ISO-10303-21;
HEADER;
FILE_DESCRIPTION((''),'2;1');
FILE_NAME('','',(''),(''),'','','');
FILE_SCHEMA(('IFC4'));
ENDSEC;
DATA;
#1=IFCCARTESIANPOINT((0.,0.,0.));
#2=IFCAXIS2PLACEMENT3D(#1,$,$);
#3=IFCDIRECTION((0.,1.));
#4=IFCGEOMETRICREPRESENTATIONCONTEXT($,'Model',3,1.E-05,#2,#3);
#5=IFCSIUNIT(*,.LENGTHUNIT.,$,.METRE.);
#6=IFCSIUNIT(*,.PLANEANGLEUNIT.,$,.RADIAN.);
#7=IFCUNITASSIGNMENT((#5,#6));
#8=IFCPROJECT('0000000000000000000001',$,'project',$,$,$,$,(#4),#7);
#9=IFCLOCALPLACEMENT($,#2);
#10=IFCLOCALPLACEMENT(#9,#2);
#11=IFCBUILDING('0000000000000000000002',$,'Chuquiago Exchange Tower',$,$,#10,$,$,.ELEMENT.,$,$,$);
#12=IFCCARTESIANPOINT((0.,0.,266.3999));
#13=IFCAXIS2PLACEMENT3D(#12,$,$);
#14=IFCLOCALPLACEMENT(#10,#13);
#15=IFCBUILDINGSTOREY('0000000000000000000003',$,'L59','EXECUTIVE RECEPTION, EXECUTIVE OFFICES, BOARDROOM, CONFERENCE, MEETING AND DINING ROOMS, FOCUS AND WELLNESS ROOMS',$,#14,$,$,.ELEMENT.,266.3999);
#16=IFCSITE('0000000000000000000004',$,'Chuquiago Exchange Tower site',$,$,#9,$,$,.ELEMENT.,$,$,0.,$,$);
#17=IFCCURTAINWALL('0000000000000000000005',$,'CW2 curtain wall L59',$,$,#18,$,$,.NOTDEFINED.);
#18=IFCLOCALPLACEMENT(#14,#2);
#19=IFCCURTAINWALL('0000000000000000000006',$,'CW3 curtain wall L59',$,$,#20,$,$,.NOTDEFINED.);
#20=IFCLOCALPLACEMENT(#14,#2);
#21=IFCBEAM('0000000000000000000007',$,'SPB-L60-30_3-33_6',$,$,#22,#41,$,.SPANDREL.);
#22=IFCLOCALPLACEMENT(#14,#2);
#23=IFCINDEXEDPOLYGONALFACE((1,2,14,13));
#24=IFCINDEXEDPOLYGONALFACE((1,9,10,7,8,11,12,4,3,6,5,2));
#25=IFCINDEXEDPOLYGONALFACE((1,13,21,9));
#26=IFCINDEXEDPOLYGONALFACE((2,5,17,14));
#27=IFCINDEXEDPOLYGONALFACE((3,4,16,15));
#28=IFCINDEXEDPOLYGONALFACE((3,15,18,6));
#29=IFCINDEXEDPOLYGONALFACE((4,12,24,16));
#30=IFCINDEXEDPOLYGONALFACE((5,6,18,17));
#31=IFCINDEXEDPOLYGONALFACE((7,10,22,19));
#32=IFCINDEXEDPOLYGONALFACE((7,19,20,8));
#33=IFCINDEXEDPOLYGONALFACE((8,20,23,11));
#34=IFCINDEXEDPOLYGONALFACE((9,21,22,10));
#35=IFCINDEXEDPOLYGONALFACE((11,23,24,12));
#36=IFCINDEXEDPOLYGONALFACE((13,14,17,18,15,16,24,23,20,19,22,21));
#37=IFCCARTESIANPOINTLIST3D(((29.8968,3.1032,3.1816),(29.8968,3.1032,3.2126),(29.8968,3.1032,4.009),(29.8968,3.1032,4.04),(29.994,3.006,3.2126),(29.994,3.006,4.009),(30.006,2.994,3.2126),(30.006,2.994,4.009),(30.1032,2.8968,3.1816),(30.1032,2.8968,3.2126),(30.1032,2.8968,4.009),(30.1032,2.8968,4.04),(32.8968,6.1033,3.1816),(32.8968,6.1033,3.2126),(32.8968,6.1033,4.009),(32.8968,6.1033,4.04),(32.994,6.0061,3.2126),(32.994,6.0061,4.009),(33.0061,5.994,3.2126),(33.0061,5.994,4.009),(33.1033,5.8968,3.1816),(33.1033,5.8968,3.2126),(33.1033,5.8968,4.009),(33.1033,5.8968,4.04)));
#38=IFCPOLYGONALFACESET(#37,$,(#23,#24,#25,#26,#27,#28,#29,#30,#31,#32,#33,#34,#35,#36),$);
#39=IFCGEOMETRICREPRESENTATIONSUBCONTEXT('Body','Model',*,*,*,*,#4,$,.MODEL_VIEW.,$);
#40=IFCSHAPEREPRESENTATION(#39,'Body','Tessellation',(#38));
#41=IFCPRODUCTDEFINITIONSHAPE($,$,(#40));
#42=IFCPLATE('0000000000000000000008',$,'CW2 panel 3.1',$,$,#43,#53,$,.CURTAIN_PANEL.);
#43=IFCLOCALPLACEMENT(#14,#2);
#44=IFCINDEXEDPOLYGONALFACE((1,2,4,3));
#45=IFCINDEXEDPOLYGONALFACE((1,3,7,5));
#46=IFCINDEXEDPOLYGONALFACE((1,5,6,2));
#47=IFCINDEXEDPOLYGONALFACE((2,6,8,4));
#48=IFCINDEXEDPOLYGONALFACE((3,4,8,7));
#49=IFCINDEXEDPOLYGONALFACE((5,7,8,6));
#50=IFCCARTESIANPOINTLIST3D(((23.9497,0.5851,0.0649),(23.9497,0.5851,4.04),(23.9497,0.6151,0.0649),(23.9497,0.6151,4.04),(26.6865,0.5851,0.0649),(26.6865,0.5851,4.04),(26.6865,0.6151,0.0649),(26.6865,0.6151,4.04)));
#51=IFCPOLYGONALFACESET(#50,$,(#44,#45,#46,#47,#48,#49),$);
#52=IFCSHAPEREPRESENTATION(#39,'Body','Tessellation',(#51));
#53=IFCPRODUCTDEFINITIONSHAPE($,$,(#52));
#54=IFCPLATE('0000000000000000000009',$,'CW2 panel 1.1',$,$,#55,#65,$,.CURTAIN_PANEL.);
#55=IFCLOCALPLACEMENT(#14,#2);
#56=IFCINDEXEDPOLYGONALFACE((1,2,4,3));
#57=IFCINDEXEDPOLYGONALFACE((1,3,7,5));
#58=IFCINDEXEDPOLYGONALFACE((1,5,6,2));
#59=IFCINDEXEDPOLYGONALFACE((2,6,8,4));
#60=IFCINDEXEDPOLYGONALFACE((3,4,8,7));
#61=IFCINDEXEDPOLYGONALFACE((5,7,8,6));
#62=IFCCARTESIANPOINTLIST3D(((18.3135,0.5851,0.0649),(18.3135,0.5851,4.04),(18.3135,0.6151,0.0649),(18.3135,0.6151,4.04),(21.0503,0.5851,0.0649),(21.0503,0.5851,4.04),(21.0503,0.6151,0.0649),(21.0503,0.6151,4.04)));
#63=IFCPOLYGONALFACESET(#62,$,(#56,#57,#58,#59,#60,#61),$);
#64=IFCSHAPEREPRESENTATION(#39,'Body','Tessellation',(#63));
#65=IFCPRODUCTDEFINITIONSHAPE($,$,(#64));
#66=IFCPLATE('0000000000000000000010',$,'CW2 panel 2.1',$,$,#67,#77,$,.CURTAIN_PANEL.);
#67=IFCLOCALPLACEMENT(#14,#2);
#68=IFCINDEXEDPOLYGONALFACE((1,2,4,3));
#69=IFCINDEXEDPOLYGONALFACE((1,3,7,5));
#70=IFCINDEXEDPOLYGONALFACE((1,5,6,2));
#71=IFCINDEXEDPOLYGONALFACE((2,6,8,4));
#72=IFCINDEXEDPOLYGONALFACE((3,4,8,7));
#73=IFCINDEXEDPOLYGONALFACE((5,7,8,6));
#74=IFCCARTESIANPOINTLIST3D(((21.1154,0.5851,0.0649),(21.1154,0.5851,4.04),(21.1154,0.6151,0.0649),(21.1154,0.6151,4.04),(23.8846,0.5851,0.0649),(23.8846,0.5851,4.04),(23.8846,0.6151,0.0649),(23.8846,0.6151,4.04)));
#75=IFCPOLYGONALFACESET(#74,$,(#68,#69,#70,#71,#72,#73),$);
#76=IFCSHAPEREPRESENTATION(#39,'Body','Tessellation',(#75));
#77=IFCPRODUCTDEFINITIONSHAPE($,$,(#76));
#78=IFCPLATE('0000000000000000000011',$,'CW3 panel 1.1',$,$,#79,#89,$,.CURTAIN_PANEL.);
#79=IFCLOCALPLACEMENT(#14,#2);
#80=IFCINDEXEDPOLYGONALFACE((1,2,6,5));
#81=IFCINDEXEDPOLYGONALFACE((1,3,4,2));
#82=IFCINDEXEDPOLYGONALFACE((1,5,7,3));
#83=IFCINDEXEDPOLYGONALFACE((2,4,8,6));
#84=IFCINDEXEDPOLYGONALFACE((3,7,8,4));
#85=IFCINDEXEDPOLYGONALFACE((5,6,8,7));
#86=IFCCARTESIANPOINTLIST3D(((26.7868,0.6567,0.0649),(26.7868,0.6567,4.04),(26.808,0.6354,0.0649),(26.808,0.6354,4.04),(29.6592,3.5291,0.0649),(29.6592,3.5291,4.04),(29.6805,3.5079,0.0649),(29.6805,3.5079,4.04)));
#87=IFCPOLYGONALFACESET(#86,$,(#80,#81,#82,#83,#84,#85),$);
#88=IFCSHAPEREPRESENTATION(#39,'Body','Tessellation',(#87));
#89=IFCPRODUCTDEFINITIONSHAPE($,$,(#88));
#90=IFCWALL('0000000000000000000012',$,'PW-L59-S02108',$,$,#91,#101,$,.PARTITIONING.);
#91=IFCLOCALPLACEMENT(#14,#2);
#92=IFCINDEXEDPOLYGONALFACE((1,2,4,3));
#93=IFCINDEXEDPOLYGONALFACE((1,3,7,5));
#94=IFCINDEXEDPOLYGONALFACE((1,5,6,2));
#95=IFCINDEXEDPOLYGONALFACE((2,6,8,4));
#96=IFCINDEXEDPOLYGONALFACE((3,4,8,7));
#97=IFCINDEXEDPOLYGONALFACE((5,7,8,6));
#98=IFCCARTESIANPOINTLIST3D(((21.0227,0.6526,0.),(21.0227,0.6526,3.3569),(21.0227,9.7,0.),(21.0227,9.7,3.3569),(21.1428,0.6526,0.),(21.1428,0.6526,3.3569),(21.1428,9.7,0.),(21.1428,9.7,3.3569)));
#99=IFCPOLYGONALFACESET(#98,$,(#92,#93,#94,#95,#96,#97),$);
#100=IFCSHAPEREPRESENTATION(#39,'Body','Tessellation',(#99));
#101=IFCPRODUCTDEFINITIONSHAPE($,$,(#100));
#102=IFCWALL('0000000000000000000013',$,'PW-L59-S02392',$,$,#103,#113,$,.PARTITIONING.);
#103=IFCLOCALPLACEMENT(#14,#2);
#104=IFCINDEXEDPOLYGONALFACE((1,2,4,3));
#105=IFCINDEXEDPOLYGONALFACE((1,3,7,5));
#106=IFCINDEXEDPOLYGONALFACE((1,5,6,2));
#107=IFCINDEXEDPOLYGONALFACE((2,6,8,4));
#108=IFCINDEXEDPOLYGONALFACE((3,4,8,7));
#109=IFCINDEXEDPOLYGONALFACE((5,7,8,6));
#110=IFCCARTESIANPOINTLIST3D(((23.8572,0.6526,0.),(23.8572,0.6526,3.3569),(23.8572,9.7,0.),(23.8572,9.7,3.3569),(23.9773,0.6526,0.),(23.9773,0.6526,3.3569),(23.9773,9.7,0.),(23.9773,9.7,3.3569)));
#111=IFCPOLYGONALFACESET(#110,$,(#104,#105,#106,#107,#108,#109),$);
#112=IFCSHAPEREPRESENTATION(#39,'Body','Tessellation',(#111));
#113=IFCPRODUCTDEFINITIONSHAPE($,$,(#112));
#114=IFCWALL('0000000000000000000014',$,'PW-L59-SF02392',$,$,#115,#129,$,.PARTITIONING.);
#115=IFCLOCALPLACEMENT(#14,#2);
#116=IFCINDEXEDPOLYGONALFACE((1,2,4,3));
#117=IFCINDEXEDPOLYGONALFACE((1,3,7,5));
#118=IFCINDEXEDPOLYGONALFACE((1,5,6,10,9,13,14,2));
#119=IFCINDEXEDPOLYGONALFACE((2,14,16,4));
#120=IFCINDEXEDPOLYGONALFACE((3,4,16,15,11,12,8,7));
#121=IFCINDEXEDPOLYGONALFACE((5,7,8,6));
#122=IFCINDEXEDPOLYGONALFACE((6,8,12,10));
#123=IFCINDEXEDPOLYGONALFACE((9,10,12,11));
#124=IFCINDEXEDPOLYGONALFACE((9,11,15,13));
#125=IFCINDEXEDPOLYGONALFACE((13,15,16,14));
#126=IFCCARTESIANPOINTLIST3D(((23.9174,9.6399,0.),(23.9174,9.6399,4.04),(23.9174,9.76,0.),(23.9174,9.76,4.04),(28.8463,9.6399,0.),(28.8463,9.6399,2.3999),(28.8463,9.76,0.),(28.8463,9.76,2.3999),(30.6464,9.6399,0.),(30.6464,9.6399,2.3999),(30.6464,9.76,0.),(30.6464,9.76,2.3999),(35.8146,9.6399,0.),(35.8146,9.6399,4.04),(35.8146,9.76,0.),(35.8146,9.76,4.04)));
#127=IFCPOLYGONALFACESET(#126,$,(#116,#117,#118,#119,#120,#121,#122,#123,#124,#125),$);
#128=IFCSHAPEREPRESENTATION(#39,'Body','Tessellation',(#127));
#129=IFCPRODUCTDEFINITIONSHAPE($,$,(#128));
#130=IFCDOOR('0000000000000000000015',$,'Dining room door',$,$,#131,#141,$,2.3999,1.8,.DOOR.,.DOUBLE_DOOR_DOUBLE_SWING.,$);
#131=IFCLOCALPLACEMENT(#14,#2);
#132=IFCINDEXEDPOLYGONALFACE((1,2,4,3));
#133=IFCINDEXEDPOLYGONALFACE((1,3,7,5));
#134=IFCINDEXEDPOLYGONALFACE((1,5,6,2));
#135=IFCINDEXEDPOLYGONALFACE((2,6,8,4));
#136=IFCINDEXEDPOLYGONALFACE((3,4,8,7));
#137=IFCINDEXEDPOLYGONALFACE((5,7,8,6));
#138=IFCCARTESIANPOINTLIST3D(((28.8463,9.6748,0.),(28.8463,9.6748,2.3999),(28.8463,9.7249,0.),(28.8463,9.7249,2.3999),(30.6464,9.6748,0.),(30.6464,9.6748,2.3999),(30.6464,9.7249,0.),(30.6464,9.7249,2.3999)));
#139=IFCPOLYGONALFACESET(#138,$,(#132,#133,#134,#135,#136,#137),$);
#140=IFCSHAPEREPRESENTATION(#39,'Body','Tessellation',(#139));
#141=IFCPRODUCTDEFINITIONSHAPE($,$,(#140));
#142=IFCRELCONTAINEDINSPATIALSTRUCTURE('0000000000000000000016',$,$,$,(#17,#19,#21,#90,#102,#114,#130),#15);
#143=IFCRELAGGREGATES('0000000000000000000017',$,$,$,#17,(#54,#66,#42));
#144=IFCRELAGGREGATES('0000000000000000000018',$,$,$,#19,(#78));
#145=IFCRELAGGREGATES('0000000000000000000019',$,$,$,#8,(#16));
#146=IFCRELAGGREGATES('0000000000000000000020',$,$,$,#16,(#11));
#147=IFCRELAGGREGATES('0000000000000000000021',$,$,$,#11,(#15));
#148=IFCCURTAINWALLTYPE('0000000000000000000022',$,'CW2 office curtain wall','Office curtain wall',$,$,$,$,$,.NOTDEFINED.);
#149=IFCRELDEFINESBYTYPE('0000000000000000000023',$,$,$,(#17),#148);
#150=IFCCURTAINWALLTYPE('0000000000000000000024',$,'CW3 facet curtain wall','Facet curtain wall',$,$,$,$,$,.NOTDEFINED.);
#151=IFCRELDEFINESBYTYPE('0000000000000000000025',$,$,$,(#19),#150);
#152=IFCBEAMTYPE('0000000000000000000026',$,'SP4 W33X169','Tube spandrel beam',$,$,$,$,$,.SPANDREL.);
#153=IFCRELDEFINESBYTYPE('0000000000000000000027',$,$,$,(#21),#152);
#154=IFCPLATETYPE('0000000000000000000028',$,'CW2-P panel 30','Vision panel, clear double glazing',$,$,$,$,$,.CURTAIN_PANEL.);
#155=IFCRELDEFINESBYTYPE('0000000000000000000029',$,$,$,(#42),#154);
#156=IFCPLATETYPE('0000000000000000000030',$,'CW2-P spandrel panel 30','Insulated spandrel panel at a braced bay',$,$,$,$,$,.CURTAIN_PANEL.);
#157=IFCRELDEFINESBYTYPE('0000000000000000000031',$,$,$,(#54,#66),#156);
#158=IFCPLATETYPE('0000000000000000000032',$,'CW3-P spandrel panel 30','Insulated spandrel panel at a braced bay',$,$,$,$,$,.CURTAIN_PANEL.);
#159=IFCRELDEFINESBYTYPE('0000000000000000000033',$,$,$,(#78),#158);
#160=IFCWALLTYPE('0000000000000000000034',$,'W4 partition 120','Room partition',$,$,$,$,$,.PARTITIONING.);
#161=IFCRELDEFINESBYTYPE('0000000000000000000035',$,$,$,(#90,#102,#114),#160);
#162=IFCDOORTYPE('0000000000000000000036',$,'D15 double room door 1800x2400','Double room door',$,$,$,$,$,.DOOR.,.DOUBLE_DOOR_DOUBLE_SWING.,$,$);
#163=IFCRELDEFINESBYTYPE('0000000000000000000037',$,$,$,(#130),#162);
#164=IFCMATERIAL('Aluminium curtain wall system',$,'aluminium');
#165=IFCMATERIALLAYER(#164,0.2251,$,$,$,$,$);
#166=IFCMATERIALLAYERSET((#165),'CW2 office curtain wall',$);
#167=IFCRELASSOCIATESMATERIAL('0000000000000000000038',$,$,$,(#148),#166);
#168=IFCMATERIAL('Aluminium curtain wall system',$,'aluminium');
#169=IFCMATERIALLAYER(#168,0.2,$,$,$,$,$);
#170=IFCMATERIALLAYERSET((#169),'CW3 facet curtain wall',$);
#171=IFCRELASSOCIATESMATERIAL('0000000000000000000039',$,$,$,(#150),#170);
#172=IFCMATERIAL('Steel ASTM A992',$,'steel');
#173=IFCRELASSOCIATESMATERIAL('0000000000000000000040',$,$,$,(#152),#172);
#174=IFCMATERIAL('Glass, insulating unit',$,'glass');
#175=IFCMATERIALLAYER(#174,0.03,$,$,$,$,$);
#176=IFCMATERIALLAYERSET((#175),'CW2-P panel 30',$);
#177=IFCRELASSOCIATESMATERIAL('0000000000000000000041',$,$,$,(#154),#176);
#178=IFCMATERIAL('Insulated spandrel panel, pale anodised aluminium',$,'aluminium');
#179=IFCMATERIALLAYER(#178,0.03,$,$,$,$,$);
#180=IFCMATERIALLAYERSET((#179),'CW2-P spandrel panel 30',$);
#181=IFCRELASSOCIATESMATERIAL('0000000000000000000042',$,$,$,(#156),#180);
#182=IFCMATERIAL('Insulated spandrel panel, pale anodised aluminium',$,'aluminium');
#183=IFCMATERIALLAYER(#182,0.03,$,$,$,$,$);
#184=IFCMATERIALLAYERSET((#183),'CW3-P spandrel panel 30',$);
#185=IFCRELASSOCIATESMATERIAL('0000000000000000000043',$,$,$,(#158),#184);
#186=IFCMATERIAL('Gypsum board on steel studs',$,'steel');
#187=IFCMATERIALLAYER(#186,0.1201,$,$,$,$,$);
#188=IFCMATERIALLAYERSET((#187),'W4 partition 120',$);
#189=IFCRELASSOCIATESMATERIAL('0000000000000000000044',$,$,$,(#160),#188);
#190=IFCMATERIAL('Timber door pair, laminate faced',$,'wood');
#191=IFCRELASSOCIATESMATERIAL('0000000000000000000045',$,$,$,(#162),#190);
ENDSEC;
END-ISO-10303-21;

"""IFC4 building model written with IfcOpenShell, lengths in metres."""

from ifc_helpers import new_model, si_unit, direction, frame, frame_2d, origin, origin_2d, place, context, subcontext, project, spatial, rectangle, i_section, extrude, material, layer, layer_set, material_profile, profile_set, type_object, element, fill, aggregate, save


model = new_model("IFC4")

# Units and contexts
model_context = context("Model", 3, precision=1e-05, world=origin(), true_north=direction((0.0, 1.0)))
body_context = subcontext(model_context, "Body", "Model", "MODEL_VIEW")
ifc_project = project(units=[si_unit("LENGTHUNIT", "METRE"), si_unit("PLANEANGLEUNIT", "RADIAN")], contexts=[model_context])

# Site, building, storey
site_placement = place(None, origin())
site = spatial("IfcSite", under=ifc_project, at=site_placement, Name="Chuquiago Exchange Tower site", CompositionType="ELEMENT", RefElevation=0.0)
building_placement = place(site_placement, origin())
building = spatial("IfcBuilding", under=site, at=building_placement, Name="Chuquiago Exchange Tower", CompositionType="ELEMENT")
storey_placement = place(building_placement, frame((0.0, 0.0, 266.3999)))
storey = spatial("IfcBuildingStorey", under=building, at=storey_placement, Name="L59", Description="EXECUTIVE RECEPTION, EXECUTIVE OFFICES, BOARDROOM, CONFERENCE, MEETING AND DINING ROOMS, FOCUS AND WELLNESS ROOMS", CompositionType="ELEMENT", Elevation=266.3999)

# Curtain walls
ifc_material_1 = material(Name="Aluminium curtain wall system", Category="aluminium")
ifc_layer_1 = layer(ifc_material_1, 0.2251)
ifc_layer_set_1 = layer_set([ifc_layer_1], Name="CW2 office curtain wall")
curtain_wall_type_1 = type_object("IfcCurtainWallType", Name="CW2 office curtain wall", Description="Office curtain wall", PredefinedType="NOTDEFINED", material=ifc_layer_set_1)
curtain_wall_1_placement = place(storey_placement, origin())
curtain_wall_1 = element("IfcCurtainWall", 1, at=curtain_wall_1_placement, inside=storey, type_object=curtain_wall_type_1, Name="CW2 curtain wall L59", PredefinedType="NOTDEFINED")
ifc_material_2 = material(Name="Aluminium curtain wall system", Category="aluminium")
ifc_layer_2 = layer(ifc_material_2, 0.2)
ifc_layer_set_2 = layer_set([ifc_layer_2], Name="CW3 facet curtain wall")
curtain_wall_type_2 = type_object("IfcCurtainWallType", Name="CW3 facet curtain wall", Description="Facet curtain wall", PredefinedType="NOTDEFINED", material=ifc_layer_set_2)
curtain_wall_2_placement = place(storey_placement, origin())
curtain_wall_2 = element("IfcCurtainWall", 2, at=curtain_wall_2_placement, inside=storey, type_object=curtain_wall_type_2, Name="CW3 curtain wall L59", PredefinedType="NOTDEFINED")

# Beam
ifc_material_3 = material(Name="Steel ASTM A992", Category="steel")
ifc_material_profile_1 = material_profile(ifc_material_3, i_section(OverallWidth=0.292, OverallDepth=0.8584, WebThickness=0.0171, FlangeThickness=0.031, at=origin_2d()), Name="W33X169")
ifc_profile_set_1 = profile_set([ifc_material_profile_1], Name="Steel ASTM A992")
beam_type = type_object("IfcBeamType", Name="SP4 W33X169", Description="Tube spandrel beam", PredefinedType="SPANDREL", material=ifc_profile_set_1)
for number, where, z_axis, x_axis, name in (
    (3, (30.0, 3.0, 3.6108), (0.707107, 0.707107, 0.0), (-0.707107, 0.707107, 0.0), "SPB-L60-30_3-33_6"),
):
    element("IfcBeam", number, at=place(storey_placement, frame(where, z_axis=z_axis, x_axis=x_axis)), inside=storey, type_object=beam_type, Name=name, PredefinedType="SPANDREL", context=body_context, shape_type="SweptSolid", body=[
        extrude(i_section(OverallWidth=0.292, OverallDepth=0.8584, WebThickness=0.0171, FlangeThickness=0.031, at=origin_2d()), origin(), (0.0, 0.0, 1.0), 4.2427),
    ])

# Plates
ifc_material_4 = material(Name="Glass, insulating unit", Category="glass")
ifc_layer_3 = layer(ifc_material_4, 0.03)
ifc_layer_set_3 = layer_set([ifc_layer_3], Name="CW2-P panel 30")
plate_type_1 = type_object("IfcPlateType", Name="CW2-P panel 30", Description="Vision panel, clear double glazing", PredefinedType="CURTAIN_PANEL", material=ifc_layer_set_3)
plate_1_placement = place(storey_placement, frame((25.3181, 0.6001, 0.0649), z_axis=(0.0, 0.0, 1.0), x_axis=(1.0, 0.0, 0.0)))
plate_1 = element("IfcPlate", 4, at=plate_1_placement, type_object=plate_type_1, Name="CW2 panel 3.1", PredefinedType="CURTAIN_PANEL", context=body_context, shape_type="SweptSolid", body=[
    extrude(rectangle(XDim=2.7368, YDim=0.03, at=origin_2d()), origin(), (0.0, 0.0, 1.0), 3.9751),
])
ifc_material_5 = material(Name="Insulated spandrel panel, pale anodised aluminium", Category="aluminium")
ifc_layer_4 = layer(ifc_material_5, 0.03)
ifc_layer_set_4 = layer_set([ifc_layer_4], Name="CW2-P spandrel panel 30")
plate_type_2 = type_object("IfcPlateType", Name="CW2-P spandrel panel 30", Description="Insulated spandrel panel at a braced bay", PredefinedType="CURTAIN_PANEL", material=ifc_layer_set_4)
plate_2_placement = place(storey_placement, frame((19.6819, 0.6001, 0.0649), z_axis=(0.0, 0.0, 1.0), x_axis=(1.0, 0.0, 0.0)))
plate_2 = element("IfcPlate", 5, at=plate_2_placement, type_object=plate_type_2, Name="CW2 panel 1.1", PredefinedType="CURTAIN_PANEL", context=body_context, shape_type="SweptSolid", body=[
    extrude(rectangle(XDim=2.7368, YDim=0.03, at=origin_2d()), origin(), (0.0, 0.0, 1.0), 3.9751),
])
plate_3_placement = place(storey_placement, frame((22.5, 0.6001, 0.0649), z_axis=(0.0, 0.0, 1.0), x_axis=(1.0, 0.0, 0.0)))
plate_3 = element("IfcPlate", 6, at=plate_3_placement, type_object=plate_type_2, Name="CW2 panel 2.1", PredefinedType="CURTAIN_PANEL", context=body_context, shape_type="SweptSolid", body=[
    extrude(rectangle(XDim=2.7693, YDim=0.03, at=origin_2d()), origin(), (0.0, 0.0, 1.0), 3.9751),
])
aggregate(curtain_wall_1, [plate_2, plate_3, plate_1])
ifc_material_6 = material(Name="Insulated spandrel panel, pale anodised aluminium", Category="aluminium")
ifc_layer_5 = layer(ifc_material_6, 0.03)
ifc_layer_set_5 = layer_set([ifc_layer_5], Name="CW3-P spandrel panel 30")
plate_type_3 = type_object("IfcPlateType", Name="CW3-P spandrel panel 30", Description="Insulated spandrel panel at a braced bay", PredefinedType="CURTAIN_PANEL", material=ifc_layer_set_5)
plate_4_placement = place(storey_placement, frame((28.2336, 2.0823, 0.0649), z_axis=(0.0, 0.0, 1.0), x_axis=(0.707107, 0.707107, 0.0)))
plate_4 = element("IfcPlate", 7, at=plate_4_placement, type_object=plate_type_3, Name="CW3 panel 1.1", PredefinedType="CURTAIN_PANEL", context=body_context, shape_type="SweptSolid", body=[
    extrude(rectangle(XDim=4.0623, YDim=0.03, at=origin_2d()), origin(), (0.0, 0.0, 1.0), 3.9751),
])
aggregate(curtain_wall_2, [plate_4])

# Walls
ifc_material_7 = material(Name="Gypsum board on steel studs", Category="steel")
ifc_layer_6 = layer(ifc_material_7, 0.1201)
ifc_layer_set_6 = layer_set([ifc_layer_6], Name="W4 partition 120")
wall_type = type_object("IfcWallType", Name="W4 partition 120", Description="Room partition", PredefinedType="PARTITIONING", material=ifc_layer_set_6)
for number, where, z_axis, x_axis, name in (
    (8, (21.0828, 0.6526, 0.0), (0.0, 0.0, 1.0), (0.0, 1.0, 0.0), "PW-L59-S02108"),
    (9, (23.9172, 0.6526, 0.0), (0.0, 0.0, 1.0), (0.0, 1.0, 0.0), "PW-L59-S02392"),
):
    element("IfcWall", number, at=place(storey_placement, frame(where, z_axis=z_axis, x_axis=x_axis)), inside=storey, type_object=wall_type, Name=name, PredefinedType="PARTITIONING", context=body_context, shape_type="SweptSolid", body=[
        extrude(rectangle(XDim=9.0474, YDim=0.1201, at=frame_2d((4.5237, 0.0))), origin(), (0.0, 0.0, 1.0), 3.3569),
    ])

# Wall, opening, door
wall_1_placement = place(storey_placement, frame((23.9172, 9.7, 0.0), z_axis=(0.0, 0.0, 1.0), x_axis=(1.0, 0.0, 0.0)))
wall_1 = element("IfcWall", 10, at=wall_1_placement, inside=storey, type_object=wall_type, Name="PW-L59-SF02392", PredefinedType="PARTITIONING", context=body_context, shape_type="SweptSolid", body=[
    extrude(rectangle(XDim=11.8972, YDim=0.1201, at=frame_2d((5.9487, 0.0))), origin(), (0.0, 0.0, 1.0), 4.04),
])
opening_1_placement = place(wall_1_placement, frame((4.9292, 0.0, 0.0)))
opening_1 = element("IfcOpeningElement", 11, at=opening_1_placement, cuts=wall_1, PredefinedType="OPENING", context=body_context, shape_type="SweptSolid", body=[
    extrude(rectangle(XDim=1.8, YDim=2.3999, at=frame_2d((0.8999, 1.2))), frame((0.0, 0.0701, 0.0), z_axis=(0.0, -1.0, 0.0), x_axis=(1.0, 0.0, 0.0)), (0.0, 0.0, 1.0), 0.1401),
])
ifc_material_8 = material(Name="Timber door pair, laminate faced", Category="wood")
door_type_1 = type_object("IfcDoorType", Name="D15 double room door 1800x2400", Description="Double room door", OperationType="DOUBLE_DOOR_DOUBLE_SWING", PredefinedType="DOOR", material=ifc_material_8)
door_1_placement = place(opening_1_placement, origin())
door_1 = element("IfcDoor", 12, at=door_1_placement, inside=storey, type_object=door_type_1, Name="Dining room door", OperationType="DOUBLE_DOOR_DOUBLE_SWING", OverallHeight=2.3999, OverallWidth=1.8, PredefinedType="DOOR", context=body_context, shape_type="SweptSolid", body=[
    extrude(rectangle(XDim=1.8, YDim=2.3999, at=frame_2d((0.8999, 1.2))), frame((0.0, 0.0249, 0.0), z_axis=(0.0, -1.0, 0.0), x_axis=(1.0, 0.0, 0.0)), (0.0, 0.0, 1.0), 0.05),
])
fill(opening_1, door_1)

save(model, "model.ifc")
